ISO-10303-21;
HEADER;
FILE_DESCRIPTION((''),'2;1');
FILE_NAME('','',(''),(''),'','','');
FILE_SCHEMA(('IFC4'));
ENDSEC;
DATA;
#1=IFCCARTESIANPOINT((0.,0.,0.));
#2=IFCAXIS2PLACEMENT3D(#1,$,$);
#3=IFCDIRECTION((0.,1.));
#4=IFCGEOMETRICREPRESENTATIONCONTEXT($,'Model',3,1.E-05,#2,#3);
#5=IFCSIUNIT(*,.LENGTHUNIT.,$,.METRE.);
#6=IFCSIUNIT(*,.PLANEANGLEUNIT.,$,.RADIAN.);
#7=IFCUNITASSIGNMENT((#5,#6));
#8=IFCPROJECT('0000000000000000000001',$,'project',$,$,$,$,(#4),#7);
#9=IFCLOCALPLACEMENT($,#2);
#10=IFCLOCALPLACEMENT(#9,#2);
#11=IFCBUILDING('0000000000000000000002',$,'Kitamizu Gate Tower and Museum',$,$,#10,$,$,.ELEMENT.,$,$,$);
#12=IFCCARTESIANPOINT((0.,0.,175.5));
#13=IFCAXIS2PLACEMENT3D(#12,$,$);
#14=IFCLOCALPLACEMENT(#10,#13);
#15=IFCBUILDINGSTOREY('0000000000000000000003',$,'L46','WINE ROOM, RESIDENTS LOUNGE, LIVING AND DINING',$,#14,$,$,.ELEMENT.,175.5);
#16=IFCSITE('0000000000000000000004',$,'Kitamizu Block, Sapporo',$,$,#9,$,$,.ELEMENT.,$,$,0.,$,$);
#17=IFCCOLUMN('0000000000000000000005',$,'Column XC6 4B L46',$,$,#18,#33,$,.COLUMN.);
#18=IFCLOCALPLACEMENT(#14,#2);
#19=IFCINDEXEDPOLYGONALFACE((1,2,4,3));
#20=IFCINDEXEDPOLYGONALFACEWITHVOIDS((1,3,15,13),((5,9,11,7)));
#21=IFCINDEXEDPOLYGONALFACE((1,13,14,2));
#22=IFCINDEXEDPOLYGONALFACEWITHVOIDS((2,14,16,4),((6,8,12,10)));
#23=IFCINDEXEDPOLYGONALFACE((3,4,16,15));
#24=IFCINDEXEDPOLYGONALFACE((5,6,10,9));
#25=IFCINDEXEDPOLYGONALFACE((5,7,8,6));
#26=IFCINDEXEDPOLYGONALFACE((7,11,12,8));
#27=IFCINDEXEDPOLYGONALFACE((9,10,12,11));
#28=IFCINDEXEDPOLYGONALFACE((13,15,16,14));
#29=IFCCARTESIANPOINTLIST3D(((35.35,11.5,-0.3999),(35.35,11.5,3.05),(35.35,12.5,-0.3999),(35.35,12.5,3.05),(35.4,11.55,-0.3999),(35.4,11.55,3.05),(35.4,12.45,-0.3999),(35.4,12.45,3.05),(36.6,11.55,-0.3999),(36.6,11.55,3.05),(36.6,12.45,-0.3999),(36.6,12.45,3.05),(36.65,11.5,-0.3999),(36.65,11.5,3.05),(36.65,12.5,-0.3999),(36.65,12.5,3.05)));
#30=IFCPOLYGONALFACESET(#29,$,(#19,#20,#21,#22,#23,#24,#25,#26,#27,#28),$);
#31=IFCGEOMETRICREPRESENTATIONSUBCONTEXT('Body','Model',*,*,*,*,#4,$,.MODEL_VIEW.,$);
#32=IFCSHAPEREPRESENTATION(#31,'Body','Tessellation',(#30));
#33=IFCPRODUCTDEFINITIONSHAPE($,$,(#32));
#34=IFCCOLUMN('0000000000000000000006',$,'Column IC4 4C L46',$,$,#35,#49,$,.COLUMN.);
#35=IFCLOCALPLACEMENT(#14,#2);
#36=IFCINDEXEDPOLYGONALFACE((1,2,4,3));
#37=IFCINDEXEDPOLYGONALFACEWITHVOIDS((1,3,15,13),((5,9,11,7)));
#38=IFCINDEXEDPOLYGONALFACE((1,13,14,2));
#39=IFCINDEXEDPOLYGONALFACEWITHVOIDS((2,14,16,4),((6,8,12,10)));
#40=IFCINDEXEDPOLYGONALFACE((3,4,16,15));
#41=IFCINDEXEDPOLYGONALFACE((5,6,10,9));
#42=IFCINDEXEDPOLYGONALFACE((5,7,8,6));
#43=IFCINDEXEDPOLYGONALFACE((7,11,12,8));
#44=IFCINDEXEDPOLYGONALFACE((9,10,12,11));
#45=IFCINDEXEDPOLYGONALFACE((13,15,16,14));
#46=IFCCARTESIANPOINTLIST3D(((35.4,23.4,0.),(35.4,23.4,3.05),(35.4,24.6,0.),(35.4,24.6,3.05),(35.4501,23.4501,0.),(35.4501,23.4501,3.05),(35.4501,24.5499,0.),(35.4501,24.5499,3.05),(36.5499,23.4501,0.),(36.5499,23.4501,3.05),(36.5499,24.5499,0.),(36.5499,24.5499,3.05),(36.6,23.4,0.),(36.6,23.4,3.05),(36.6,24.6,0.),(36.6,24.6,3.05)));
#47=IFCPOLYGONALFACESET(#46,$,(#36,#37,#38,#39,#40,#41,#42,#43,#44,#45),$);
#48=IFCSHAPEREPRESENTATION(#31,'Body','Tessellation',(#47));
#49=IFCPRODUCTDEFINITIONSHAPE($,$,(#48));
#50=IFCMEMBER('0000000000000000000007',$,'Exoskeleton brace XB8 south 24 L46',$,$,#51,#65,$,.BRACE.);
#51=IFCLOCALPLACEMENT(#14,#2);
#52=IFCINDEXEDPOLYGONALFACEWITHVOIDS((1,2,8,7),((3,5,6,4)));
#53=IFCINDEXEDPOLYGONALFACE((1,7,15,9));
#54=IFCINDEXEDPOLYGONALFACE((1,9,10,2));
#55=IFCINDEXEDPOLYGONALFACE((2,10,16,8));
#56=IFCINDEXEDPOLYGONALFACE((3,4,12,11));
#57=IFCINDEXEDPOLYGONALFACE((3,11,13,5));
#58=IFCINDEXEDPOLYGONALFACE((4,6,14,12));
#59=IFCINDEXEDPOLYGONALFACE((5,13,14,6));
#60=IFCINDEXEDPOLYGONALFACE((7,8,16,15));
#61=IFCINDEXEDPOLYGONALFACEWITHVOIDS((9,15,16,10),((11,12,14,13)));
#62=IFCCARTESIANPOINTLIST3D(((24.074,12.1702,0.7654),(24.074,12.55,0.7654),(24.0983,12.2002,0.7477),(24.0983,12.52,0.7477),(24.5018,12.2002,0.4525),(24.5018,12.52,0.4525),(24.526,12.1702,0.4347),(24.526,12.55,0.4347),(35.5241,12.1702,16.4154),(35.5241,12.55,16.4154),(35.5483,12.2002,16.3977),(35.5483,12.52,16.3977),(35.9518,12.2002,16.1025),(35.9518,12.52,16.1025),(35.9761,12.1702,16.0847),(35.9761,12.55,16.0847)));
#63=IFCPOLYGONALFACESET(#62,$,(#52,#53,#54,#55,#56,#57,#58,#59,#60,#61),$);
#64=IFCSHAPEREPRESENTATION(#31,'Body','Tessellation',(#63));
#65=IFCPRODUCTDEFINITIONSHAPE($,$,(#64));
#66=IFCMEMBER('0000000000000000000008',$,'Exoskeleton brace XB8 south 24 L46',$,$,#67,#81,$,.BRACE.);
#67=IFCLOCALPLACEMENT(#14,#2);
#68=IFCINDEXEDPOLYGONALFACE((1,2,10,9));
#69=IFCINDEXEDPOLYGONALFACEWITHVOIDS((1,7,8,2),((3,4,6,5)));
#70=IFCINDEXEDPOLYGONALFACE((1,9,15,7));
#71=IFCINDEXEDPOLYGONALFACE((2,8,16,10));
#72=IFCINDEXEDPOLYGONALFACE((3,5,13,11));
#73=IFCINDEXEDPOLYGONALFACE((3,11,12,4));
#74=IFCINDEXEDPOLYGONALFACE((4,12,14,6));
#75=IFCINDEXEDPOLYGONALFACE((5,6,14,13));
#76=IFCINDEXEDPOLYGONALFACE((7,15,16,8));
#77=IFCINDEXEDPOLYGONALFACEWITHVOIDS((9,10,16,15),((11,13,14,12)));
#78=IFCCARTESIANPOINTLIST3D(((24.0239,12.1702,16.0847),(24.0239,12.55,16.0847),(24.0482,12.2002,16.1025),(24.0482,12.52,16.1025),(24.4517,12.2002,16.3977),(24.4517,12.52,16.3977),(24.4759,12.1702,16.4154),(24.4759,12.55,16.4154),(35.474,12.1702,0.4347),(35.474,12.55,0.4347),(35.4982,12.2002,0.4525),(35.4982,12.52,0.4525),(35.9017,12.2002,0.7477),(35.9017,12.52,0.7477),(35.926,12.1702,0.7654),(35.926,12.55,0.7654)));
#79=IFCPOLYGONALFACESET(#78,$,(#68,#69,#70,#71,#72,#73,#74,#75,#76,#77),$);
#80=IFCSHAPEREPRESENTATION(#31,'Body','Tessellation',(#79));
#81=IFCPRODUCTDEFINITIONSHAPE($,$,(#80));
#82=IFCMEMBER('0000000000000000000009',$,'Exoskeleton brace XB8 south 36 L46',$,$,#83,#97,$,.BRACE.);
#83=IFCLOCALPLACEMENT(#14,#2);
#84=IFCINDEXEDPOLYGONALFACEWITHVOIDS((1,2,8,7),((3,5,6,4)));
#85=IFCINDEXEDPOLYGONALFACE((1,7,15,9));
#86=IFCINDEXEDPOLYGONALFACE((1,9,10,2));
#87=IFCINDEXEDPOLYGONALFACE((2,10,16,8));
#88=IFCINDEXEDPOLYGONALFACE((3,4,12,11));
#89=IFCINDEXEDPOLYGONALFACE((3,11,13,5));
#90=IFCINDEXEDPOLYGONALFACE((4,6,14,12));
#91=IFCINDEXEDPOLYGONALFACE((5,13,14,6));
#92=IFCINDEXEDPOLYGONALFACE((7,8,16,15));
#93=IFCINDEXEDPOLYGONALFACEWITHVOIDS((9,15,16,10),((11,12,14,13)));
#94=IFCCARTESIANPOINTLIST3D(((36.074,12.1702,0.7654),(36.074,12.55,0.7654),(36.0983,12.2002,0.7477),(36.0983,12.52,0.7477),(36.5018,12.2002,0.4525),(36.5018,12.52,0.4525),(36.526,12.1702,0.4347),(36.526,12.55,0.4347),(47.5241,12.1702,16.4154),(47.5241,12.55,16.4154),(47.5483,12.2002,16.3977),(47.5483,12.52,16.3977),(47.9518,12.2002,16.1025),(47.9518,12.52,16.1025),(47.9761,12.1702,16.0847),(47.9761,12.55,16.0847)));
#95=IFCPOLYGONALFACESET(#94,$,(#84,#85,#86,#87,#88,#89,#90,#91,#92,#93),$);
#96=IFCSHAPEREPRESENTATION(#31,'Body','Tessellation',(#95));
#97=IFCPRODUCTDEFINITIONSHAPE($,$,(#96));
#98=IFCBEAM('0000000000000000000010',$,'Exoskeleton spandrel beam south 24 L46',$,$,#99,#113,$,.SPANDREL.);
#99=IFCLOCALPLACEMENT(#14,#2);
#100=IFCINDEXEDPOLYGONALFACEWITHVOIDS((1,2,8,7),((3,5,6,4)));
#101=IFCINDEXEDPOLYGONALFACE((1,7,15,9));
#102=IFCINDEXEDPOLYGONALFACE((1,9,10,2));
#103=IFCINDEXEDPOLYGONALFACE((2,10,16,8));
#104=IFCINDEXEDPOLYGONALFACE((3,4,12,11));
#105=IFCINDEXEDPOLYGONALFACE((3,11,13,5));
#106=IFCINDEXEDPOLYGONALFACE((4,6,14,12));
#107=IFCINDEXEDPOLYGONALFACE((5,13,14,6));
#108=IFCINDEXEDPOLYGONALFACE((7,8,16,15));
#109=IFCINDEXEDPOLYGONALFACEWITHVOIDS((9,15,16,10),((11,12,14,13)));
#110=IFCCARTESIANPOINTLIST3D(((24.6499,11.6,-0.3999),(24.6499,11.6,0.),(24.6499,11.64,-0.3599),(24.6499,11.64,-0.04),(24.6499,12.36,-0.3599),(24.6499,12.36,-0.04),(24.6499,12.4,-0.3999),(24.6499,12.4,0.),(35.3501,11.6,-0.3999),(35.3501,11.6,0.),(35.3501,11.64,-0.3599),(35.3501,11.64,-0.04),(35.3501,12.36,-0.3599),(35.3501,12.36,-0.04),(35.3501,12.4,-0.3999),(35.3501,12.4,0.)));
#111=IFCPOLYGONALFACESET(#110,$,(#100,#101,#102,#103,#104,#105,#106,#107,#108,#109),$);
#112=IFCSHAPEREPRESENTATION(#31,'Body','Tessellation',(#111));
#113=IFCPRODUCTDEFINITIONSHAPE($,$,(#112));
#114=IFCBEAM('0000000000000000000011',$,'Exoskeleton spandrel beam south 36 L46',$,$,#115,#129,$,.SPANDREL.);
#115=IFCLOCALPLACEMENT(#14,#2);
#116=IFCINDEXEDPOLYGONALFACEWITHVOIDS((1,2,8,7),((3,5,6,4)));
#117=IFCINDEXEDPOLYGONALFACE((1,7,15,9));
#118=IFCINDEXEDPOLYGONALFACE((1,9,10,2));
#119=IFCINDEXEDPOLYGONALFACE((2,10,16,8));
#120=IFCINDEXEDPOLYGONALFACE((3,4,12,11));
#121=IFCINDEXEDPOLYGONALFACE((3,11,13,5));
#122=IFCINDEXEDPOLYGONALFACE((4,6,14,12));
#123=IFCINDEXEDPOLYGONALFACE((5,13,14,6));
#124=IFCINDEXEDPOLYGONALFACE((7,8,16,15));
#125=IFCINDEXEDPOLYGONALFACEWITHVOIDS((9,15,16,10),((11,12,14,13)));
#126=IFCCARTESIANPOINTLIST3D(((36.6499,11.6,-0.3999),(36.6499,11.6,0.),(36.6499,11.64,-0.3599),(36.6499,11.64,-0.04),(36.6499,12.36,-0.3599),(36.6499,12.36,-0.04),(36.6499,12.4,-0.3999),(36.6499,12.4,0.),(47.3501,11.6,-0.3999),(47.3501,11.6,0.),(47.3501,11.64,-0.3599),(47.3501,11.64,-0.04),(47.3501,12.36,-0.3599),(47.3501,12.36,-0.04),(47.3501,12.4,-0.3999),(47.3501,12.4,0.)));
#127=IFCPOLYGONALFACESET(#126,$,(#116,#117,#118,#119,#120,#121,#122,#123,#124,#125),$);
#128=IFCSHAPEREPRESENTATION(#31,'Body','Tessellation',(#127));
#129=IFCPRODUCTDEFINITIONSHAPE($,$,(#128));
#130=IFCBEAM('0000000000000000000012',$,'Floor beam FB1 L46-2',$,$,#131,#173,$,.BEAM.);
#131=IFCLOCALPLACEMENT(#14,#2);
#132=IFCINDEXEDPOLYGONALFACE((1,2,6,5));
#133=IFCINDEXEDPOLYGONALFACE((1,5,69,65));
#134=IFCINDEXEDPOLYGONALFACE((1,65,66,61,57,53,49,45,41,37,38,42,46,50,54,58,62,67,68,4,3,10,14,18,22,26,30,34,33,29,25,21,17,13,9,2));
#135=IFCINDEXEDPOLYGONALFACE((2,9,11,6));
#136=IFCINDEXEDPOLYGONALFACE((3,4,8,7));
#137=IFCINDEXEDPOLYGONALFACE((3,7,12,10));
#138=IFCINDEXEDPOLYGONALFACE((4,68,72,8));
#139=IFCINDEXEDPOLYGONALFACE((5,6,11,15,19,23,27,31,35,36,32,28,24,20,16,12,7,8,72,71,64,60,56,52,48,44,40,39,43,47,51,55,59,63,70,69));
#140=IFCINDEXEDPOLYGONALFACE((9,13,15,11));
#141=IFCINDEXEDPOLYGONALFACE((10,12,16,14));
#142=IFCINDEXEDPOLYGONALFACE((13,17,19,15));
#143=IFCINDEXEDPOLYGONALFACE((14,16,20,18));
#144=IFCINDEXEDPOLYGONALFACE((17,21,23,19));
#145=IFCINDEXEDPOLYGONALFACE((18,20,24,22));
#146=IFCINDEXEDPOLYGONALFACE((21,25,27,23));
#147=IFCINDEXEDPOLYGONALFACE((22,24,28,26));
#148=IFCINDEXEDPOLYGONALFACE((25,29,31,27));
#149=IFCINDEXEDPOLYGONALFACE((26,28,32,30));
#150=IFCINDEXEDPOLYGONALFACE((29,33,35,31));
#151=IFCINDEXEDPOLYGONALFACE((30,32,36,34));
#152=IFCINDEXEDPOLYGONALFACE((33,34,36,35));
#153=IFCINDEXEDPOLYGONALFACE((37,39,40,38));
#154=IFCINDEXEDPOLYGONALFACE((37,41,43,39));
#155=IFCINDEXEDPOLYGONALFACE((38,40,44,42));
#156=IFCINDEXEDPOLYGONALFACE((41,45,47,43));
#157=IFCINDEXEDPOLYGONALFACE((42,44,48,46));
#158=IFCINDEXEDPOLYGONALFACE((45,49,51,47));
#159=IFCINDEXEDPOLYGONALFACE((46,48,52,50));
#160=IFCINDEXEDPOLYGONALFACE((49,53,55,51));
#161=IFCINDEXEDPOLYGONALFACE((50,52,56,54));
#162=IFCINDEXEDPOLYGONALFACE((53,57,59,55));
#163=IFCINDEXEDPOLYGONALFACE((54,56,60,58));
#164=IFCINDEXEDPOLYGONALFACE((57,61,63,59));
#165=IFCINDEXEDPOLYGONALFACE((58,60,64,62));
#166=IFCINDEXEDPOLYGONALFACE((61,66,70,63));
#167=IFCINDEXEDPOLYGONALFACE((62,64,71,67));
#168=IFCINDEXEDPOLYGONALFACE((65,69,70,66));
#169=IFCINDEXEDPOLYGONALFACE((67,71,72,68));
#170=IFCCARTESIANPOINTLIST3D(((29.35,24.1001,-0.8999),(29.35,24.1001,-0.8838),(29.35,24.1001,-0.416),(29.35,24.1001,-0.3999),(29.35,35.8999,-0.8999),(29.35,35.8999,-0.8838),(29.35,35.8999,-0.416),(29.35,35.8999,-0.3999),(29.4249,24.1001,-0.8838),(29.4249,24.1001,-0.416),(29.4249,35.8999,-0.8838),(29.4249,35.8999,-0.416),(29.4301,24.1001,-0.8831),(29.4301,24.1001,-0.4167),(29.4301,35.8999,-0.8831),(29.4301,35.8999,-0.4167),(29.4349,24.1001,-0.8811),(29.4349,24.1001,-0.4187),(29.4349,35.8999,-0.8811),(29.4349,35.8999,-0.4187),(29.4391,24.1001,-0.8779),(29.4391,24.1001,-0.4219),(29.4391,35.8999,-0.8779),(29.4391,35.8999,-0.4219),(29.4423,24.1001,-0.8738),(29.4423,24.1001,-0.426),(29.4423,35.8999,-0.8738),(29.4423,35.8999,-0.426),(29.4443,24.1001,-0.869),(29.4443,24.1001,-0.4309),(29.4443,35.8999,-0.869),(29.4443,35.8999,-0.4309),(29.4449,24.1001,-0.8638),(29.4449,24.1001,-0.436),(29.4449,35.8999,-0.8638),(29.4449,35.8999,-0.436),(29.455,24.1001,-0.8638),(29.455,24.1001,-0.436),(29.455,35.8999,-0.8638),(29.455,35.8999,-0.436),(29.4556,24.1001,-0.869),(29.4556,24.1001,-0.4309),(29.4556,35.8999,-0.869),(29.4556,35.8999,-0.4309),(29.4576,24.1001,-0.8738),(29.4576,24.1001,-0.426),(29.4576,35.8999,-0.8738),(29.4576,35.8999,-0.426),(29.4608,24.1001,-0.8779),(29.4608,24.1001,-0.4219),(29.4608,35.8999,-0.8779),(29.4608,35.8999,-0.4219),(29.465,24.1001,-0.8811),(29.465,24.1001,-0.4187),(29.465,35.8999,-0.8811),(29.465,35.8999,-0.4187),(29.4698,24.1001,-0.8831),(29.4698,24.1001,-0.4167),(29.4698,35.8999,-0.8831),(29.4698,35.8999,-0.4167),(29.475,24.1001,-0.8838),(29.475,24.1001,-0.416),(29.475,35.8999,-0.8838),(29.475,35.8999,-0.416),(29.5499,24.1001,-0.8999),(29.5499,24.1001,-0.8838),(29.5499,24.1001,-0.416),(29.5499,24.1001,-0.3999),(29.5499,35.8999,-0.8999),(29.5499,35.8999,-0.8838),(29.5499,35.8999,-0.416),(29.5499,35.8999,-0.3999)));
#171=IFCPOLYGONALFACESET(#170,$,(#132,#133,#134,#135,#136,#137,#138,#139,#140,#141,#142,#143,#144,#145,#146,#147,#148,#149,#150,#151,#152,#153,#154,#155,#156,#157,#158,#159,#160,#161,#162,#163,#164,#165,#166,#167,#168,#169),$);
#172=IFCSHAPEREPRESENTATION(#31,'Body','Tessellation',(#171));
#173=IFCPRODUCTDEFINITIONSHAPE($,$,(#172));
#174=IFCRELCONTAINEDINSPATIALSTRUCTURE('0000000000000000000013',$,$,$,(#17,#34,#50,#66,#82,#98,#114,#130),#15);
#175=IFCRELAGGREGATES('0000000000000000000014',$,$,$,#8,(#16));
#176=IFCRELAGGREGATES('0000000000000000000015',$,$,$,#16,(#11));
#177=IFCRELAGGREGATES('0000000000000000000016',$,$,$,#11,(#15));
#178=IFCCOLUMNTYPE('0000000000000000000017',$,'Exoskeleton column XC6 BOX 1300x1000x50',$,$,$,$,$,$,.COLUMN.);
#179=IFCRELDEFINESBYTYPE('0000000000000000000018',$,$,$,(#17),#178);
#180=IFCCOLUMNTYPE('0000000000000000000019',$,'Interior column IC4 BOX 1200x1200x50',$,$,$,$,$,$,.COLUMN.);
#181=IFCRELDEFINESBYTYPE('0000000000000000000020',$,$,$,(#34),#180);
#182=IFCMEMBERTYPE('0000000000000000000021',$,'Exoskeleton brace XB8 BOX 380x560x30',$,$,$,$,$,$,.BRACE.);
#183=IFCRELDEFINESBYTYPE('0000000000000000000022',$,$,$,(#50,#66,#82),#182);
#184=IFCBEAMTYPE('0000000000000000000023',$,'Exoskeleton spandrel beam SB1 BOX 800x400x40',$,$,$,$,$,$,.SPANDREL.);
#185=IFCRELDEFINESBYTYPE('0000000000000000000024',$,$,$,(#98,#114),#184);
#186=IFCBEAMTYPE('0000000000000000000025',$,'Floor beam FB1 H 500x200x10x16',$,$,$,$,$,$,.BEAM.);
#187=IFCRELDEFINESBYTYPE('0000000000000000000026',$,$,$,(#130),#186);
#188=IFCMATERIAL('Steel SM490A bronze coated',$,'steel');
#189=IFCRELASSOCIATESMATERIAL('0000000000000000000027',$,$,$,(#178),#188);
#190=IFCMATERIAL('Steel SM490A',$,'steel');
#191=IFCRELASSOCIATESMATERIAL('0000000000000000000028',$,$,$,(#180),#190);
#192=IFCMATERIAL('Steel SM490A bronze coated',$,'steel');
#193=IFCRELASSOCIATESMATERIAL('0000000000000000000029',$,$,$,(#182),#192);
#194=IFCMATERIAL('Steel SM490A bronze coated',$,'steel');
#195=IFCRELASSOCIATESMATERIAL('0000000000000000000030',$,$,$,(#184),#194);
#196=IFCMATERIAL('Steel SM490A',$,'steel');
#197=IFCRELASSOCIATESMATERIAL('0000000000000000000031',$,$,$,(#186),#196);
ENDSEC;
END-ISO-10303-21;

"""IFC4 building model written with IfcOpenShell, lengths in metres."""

from ifc_helpers import new_model, si_unit, direction, frame, origin, origin_2d, place, context, subcontext, project, spatial, hollow_rectangle, i_section, extrude, material, material_profile, profile_set, type_object, element, save


model = new_model("IFC4")

# Units and contexts
model_context = context("Model", 3, precision=1e-05, world=origin(), true_north=direction((0.0, 1.0)))
body_context = subcontext(model_context, "Body", "Model", "MODEL_VIEW")
ifc_project = project(units=[si_unit("LENGTHUNIT", "METRE"), si_unit("PLANEANGLEUNIT", "RADIAN")], contexts=[model_context])

# Site, building, storey
site_placement = place(None, origin())
site = spatial("IfcSite", under=ifc_project, at=site_placement, Name="Kitamizu Block, Sapporo", CompositionType="ELEMENT", RefElevation=0.0)
building_placement = place(site_placement, origin())
building = spatial("IfcBuilding", under=site, at=building_placement, Name="Kitamizu Gate Tower and Museum", CompositionType="ELEMENT")
storey_placement = place(building_placement, frame((0.0, 0.0, 175.5)))
storey = spatial("IfcBuildingStorey", under=building, at=storey_placement, Name="L46", Description="WINE ROOM, RESIDENTS LOUNGE, LIVING AND DINING", CompositionType="ELEMENT", Elevation=175.5)

# Columns
ifc_material_1 = material(Name="Steel SM490A bronze coated", Category="steel")
ifc_material_profile_1 = material_profile(ifc_material_1, hollow_rectangle(XDim=1.3, YDim=1.0, WallThickness=0.05, at=origin_2d()), Name="BOX 1300x1000x50")
ifc_profile_set_1 = profile_set([ifc_material_profile_1], Name="Steel SM490A bronze coated")
column_type_1 = type_object("IfcColumnType", Name="Exoskeleton column XC6 BOX 1300x1000x50", PredefinedType="COLUMN", material=ifc_profile_set_1)
column_1_placement = place(storey_placement, frame((36.0, 12.0, -0.3999), z_axis=(0.0, 0.0, 1.0), x_axis=(1.0, 0.0, 0.0)))
element("IfcColumn", 1, at=column_1_placement, inside=storey, type_object=column_type_1, Name="Column XC6 4B L46", PredefinedType="COLUMN", context=body_context, shape_type="SweptSolid", body=[
    extrude(hollow_rectangle(XDim=1.3, YDim=1.0, WallThickness=0.05, at=origin_2d()), origin(), (0.0, 0.0, 1.0), 3.45),
])
ifc_material_2 = material(Name="Steel SM490A", Category="steel")
ifc_material_profile_2 = material_profile(ifc_material_2, hollow_rectangle(XDim=1.2, YDim=1.2, WallThickness=0.05, at=origin_2d()), Name="BOX 1200x1200x50")
ifc_profile_set_2 = profile_set([ifc_material_profile_2], Name="Steel SM490A")
column_type_2 = type_object("IfcColumnType", Name="Interior column IC4 BOX 1200x1200x50", PredefinedType="COLUMN", material=ifc_profile_set_2)
column_2_placement = place(storey_placement, frame((36.0, 24.0, 0.0), z_axis=(0.0, 0.0, 1.0), x_axis=(1.0, 0.0, 0.0)))
element("IfcColumn", 2, at=column_2_placement, inside=storey, type_object=column_type_2, Name="Column IC4 4C L46", PredefinedType="COLUMN", context=body_context, shape_type="SweptSolid", body=[
    extrude(hollow_rectangle(XDim=1.2, YDim=1.2, WallThickness=0.05, at=origin_2d()), origin(), (0.0, 0.0, 1.0), 3.05),
])

# Members
ifc_material_3 = material(Name="Steel SM490A bronze coated", Category="steel")
ifc_material_profile_3 = material_profile(ifc_material_3, hollow_rectangle(XDim=0.3799, YDim=0.5601, WallThickness=0.03, at=origin_2d()), Name="BOX 380x560x30")
ifc_profile_set_3 = profile_set([ifc_material_profile_3], Name="Steel SM490A bronze coated")
member_type = type_object("IfcMemberType", Name="Exoskeleton brace XB8 BOX 380x560x30", PredefinedType="BRACE", material=ifc_profile_set_3)
for number, where, z_axis, x_axis, name in (
    (3, (24.3, 12.3601, 0.6001), (0.59047, 0.0, 0.80706), (0.0, 1.0, 0.0), "Exoskeleton brace XB8 south 24 L46"),
    (4, (35.7, 12.3601, 0.6001), (-0.59047, 0.0, 0.80706), (0.0, -1.0, 0.0), "Exoskeleton brace XB8 south 24 L46"),
    (5, (36.3, 12.3601, 0.6001), (0.59047, 0.0, 0.80706), (0.0, 1.0, 0.0), "Exoskeleton brace XB8 south 36 L46"),
):
    element("IfcMember", number, at=place(storey_placement, frame(where, z_axis=z_axis, x_axis=x_axis)), inside=storey, type_object=member_type, Name=name, PredefinedType="BRACE", context=body_context, shape_type="SweptSolid", body=[
        extrude(hollow_rectangle(XDim=0.3799, YDim=0.5601, WallThickness=0.03, at=origin_2d()), origin(), (0.0, 0.0, 1.0), 19.3914),
    ])

# Beams
ifc_material_4 = material(Name="Steel SM490A bronze coated", Category="steel")
ifc_material_profile_4 = material_profile(ifc_material_4, hollow_rectangle(XDim=0.8, YDim=0.3999, WallThickness=0.04, at=origin_2d()), Name="BOX 800x400x40")
ifc_profile_set_4 = profile_set([ifc_material_profile_4], Name="Steel SM490A bronze coated")
beam_type_1 = type_object("IfcBeamType", Name="Exoskeleton spandrel beam SB1 BOX 800x400x40", PredefinedType="SPANDREL", material=ifc_profile_set_4)
for number, where, z_axis, x_axis, name in (
    (6, (24.6499, 12.0, -0.2), (1.0, 0.0, 0.0), (0.0, 1.0, 0.0), "Exoskeleton spandrel beam south 24 L46"),
    (7, (36.6499, 12.0, -0.2), (1.0, 0.0, 0.0), (0.0, 1.0, 0.0), "Exoskeleton spandrel beam south 36 L46"),
):
    element("IfcBeam", number, at=place(storey_placement, frame(where, z_axis=z_axis, x_axis=x_axis)), inside=storey, type_object=beam_type_1, Name=name, PredefinedType="SPANDREL", context=body_context, shape_type="SweptSolid", body=[
        extrude(hollow_rectangle(XDim=0.8, YDim=0.3999, WallThickness=0.04, at=origin_2d()), origin(), (0.0, 0.0, 1.0), 10.7002),
    ])
ifc_material_5 = material(Name="Steel SM490A", Category="steel")
ifc_material_profile_5 = material_profile(ifc_material_5, i_section(OverallWidth=0.2, OverallDepth=0.5, WebThickness=0.01, FlangeThickness=0.0161, FilletRadius=0.02, at=origin_2d()), Name="H-500x200x10x16")
ifc_profile_set_5 = profile_set([ifc_material_profile_5], Name="Steel SM490A")
beam_type_2 = type_object("IfcBeamType", Name="Floor beam FB1 H 500x200x10x16", PredefinedType="BEAM", material=ifc_profile_set_5)
for number, where, z_axis, x_axis, name in (
    (8, (29.45, 24.1001, -0.6499), (0.0, 1.0, 0.0), (-1.0, 0.0, 0.0), "Floor beam FB1 L46-2"),
):
    element("IfcBeam", number, at=place(storey_placement, frame(where, z_axis=z_axis, x_axis=x_axis)), inside=storey, type_object=beam_type_2, Name=name, PredefinedType="BEAM", context=body_context, shape_type="SweptSolid", body=[
        extrude(i_section(OverallWidth=0.2, OverallDepth=0.5, WebThickness=0.01, FlangeThickness=0.0161, FilletRadius=0.02, at=origin_2d()), origin(), (0.0, 0.0, 1.0), 11.7998),
    ])

save(model, "model.ifc")
